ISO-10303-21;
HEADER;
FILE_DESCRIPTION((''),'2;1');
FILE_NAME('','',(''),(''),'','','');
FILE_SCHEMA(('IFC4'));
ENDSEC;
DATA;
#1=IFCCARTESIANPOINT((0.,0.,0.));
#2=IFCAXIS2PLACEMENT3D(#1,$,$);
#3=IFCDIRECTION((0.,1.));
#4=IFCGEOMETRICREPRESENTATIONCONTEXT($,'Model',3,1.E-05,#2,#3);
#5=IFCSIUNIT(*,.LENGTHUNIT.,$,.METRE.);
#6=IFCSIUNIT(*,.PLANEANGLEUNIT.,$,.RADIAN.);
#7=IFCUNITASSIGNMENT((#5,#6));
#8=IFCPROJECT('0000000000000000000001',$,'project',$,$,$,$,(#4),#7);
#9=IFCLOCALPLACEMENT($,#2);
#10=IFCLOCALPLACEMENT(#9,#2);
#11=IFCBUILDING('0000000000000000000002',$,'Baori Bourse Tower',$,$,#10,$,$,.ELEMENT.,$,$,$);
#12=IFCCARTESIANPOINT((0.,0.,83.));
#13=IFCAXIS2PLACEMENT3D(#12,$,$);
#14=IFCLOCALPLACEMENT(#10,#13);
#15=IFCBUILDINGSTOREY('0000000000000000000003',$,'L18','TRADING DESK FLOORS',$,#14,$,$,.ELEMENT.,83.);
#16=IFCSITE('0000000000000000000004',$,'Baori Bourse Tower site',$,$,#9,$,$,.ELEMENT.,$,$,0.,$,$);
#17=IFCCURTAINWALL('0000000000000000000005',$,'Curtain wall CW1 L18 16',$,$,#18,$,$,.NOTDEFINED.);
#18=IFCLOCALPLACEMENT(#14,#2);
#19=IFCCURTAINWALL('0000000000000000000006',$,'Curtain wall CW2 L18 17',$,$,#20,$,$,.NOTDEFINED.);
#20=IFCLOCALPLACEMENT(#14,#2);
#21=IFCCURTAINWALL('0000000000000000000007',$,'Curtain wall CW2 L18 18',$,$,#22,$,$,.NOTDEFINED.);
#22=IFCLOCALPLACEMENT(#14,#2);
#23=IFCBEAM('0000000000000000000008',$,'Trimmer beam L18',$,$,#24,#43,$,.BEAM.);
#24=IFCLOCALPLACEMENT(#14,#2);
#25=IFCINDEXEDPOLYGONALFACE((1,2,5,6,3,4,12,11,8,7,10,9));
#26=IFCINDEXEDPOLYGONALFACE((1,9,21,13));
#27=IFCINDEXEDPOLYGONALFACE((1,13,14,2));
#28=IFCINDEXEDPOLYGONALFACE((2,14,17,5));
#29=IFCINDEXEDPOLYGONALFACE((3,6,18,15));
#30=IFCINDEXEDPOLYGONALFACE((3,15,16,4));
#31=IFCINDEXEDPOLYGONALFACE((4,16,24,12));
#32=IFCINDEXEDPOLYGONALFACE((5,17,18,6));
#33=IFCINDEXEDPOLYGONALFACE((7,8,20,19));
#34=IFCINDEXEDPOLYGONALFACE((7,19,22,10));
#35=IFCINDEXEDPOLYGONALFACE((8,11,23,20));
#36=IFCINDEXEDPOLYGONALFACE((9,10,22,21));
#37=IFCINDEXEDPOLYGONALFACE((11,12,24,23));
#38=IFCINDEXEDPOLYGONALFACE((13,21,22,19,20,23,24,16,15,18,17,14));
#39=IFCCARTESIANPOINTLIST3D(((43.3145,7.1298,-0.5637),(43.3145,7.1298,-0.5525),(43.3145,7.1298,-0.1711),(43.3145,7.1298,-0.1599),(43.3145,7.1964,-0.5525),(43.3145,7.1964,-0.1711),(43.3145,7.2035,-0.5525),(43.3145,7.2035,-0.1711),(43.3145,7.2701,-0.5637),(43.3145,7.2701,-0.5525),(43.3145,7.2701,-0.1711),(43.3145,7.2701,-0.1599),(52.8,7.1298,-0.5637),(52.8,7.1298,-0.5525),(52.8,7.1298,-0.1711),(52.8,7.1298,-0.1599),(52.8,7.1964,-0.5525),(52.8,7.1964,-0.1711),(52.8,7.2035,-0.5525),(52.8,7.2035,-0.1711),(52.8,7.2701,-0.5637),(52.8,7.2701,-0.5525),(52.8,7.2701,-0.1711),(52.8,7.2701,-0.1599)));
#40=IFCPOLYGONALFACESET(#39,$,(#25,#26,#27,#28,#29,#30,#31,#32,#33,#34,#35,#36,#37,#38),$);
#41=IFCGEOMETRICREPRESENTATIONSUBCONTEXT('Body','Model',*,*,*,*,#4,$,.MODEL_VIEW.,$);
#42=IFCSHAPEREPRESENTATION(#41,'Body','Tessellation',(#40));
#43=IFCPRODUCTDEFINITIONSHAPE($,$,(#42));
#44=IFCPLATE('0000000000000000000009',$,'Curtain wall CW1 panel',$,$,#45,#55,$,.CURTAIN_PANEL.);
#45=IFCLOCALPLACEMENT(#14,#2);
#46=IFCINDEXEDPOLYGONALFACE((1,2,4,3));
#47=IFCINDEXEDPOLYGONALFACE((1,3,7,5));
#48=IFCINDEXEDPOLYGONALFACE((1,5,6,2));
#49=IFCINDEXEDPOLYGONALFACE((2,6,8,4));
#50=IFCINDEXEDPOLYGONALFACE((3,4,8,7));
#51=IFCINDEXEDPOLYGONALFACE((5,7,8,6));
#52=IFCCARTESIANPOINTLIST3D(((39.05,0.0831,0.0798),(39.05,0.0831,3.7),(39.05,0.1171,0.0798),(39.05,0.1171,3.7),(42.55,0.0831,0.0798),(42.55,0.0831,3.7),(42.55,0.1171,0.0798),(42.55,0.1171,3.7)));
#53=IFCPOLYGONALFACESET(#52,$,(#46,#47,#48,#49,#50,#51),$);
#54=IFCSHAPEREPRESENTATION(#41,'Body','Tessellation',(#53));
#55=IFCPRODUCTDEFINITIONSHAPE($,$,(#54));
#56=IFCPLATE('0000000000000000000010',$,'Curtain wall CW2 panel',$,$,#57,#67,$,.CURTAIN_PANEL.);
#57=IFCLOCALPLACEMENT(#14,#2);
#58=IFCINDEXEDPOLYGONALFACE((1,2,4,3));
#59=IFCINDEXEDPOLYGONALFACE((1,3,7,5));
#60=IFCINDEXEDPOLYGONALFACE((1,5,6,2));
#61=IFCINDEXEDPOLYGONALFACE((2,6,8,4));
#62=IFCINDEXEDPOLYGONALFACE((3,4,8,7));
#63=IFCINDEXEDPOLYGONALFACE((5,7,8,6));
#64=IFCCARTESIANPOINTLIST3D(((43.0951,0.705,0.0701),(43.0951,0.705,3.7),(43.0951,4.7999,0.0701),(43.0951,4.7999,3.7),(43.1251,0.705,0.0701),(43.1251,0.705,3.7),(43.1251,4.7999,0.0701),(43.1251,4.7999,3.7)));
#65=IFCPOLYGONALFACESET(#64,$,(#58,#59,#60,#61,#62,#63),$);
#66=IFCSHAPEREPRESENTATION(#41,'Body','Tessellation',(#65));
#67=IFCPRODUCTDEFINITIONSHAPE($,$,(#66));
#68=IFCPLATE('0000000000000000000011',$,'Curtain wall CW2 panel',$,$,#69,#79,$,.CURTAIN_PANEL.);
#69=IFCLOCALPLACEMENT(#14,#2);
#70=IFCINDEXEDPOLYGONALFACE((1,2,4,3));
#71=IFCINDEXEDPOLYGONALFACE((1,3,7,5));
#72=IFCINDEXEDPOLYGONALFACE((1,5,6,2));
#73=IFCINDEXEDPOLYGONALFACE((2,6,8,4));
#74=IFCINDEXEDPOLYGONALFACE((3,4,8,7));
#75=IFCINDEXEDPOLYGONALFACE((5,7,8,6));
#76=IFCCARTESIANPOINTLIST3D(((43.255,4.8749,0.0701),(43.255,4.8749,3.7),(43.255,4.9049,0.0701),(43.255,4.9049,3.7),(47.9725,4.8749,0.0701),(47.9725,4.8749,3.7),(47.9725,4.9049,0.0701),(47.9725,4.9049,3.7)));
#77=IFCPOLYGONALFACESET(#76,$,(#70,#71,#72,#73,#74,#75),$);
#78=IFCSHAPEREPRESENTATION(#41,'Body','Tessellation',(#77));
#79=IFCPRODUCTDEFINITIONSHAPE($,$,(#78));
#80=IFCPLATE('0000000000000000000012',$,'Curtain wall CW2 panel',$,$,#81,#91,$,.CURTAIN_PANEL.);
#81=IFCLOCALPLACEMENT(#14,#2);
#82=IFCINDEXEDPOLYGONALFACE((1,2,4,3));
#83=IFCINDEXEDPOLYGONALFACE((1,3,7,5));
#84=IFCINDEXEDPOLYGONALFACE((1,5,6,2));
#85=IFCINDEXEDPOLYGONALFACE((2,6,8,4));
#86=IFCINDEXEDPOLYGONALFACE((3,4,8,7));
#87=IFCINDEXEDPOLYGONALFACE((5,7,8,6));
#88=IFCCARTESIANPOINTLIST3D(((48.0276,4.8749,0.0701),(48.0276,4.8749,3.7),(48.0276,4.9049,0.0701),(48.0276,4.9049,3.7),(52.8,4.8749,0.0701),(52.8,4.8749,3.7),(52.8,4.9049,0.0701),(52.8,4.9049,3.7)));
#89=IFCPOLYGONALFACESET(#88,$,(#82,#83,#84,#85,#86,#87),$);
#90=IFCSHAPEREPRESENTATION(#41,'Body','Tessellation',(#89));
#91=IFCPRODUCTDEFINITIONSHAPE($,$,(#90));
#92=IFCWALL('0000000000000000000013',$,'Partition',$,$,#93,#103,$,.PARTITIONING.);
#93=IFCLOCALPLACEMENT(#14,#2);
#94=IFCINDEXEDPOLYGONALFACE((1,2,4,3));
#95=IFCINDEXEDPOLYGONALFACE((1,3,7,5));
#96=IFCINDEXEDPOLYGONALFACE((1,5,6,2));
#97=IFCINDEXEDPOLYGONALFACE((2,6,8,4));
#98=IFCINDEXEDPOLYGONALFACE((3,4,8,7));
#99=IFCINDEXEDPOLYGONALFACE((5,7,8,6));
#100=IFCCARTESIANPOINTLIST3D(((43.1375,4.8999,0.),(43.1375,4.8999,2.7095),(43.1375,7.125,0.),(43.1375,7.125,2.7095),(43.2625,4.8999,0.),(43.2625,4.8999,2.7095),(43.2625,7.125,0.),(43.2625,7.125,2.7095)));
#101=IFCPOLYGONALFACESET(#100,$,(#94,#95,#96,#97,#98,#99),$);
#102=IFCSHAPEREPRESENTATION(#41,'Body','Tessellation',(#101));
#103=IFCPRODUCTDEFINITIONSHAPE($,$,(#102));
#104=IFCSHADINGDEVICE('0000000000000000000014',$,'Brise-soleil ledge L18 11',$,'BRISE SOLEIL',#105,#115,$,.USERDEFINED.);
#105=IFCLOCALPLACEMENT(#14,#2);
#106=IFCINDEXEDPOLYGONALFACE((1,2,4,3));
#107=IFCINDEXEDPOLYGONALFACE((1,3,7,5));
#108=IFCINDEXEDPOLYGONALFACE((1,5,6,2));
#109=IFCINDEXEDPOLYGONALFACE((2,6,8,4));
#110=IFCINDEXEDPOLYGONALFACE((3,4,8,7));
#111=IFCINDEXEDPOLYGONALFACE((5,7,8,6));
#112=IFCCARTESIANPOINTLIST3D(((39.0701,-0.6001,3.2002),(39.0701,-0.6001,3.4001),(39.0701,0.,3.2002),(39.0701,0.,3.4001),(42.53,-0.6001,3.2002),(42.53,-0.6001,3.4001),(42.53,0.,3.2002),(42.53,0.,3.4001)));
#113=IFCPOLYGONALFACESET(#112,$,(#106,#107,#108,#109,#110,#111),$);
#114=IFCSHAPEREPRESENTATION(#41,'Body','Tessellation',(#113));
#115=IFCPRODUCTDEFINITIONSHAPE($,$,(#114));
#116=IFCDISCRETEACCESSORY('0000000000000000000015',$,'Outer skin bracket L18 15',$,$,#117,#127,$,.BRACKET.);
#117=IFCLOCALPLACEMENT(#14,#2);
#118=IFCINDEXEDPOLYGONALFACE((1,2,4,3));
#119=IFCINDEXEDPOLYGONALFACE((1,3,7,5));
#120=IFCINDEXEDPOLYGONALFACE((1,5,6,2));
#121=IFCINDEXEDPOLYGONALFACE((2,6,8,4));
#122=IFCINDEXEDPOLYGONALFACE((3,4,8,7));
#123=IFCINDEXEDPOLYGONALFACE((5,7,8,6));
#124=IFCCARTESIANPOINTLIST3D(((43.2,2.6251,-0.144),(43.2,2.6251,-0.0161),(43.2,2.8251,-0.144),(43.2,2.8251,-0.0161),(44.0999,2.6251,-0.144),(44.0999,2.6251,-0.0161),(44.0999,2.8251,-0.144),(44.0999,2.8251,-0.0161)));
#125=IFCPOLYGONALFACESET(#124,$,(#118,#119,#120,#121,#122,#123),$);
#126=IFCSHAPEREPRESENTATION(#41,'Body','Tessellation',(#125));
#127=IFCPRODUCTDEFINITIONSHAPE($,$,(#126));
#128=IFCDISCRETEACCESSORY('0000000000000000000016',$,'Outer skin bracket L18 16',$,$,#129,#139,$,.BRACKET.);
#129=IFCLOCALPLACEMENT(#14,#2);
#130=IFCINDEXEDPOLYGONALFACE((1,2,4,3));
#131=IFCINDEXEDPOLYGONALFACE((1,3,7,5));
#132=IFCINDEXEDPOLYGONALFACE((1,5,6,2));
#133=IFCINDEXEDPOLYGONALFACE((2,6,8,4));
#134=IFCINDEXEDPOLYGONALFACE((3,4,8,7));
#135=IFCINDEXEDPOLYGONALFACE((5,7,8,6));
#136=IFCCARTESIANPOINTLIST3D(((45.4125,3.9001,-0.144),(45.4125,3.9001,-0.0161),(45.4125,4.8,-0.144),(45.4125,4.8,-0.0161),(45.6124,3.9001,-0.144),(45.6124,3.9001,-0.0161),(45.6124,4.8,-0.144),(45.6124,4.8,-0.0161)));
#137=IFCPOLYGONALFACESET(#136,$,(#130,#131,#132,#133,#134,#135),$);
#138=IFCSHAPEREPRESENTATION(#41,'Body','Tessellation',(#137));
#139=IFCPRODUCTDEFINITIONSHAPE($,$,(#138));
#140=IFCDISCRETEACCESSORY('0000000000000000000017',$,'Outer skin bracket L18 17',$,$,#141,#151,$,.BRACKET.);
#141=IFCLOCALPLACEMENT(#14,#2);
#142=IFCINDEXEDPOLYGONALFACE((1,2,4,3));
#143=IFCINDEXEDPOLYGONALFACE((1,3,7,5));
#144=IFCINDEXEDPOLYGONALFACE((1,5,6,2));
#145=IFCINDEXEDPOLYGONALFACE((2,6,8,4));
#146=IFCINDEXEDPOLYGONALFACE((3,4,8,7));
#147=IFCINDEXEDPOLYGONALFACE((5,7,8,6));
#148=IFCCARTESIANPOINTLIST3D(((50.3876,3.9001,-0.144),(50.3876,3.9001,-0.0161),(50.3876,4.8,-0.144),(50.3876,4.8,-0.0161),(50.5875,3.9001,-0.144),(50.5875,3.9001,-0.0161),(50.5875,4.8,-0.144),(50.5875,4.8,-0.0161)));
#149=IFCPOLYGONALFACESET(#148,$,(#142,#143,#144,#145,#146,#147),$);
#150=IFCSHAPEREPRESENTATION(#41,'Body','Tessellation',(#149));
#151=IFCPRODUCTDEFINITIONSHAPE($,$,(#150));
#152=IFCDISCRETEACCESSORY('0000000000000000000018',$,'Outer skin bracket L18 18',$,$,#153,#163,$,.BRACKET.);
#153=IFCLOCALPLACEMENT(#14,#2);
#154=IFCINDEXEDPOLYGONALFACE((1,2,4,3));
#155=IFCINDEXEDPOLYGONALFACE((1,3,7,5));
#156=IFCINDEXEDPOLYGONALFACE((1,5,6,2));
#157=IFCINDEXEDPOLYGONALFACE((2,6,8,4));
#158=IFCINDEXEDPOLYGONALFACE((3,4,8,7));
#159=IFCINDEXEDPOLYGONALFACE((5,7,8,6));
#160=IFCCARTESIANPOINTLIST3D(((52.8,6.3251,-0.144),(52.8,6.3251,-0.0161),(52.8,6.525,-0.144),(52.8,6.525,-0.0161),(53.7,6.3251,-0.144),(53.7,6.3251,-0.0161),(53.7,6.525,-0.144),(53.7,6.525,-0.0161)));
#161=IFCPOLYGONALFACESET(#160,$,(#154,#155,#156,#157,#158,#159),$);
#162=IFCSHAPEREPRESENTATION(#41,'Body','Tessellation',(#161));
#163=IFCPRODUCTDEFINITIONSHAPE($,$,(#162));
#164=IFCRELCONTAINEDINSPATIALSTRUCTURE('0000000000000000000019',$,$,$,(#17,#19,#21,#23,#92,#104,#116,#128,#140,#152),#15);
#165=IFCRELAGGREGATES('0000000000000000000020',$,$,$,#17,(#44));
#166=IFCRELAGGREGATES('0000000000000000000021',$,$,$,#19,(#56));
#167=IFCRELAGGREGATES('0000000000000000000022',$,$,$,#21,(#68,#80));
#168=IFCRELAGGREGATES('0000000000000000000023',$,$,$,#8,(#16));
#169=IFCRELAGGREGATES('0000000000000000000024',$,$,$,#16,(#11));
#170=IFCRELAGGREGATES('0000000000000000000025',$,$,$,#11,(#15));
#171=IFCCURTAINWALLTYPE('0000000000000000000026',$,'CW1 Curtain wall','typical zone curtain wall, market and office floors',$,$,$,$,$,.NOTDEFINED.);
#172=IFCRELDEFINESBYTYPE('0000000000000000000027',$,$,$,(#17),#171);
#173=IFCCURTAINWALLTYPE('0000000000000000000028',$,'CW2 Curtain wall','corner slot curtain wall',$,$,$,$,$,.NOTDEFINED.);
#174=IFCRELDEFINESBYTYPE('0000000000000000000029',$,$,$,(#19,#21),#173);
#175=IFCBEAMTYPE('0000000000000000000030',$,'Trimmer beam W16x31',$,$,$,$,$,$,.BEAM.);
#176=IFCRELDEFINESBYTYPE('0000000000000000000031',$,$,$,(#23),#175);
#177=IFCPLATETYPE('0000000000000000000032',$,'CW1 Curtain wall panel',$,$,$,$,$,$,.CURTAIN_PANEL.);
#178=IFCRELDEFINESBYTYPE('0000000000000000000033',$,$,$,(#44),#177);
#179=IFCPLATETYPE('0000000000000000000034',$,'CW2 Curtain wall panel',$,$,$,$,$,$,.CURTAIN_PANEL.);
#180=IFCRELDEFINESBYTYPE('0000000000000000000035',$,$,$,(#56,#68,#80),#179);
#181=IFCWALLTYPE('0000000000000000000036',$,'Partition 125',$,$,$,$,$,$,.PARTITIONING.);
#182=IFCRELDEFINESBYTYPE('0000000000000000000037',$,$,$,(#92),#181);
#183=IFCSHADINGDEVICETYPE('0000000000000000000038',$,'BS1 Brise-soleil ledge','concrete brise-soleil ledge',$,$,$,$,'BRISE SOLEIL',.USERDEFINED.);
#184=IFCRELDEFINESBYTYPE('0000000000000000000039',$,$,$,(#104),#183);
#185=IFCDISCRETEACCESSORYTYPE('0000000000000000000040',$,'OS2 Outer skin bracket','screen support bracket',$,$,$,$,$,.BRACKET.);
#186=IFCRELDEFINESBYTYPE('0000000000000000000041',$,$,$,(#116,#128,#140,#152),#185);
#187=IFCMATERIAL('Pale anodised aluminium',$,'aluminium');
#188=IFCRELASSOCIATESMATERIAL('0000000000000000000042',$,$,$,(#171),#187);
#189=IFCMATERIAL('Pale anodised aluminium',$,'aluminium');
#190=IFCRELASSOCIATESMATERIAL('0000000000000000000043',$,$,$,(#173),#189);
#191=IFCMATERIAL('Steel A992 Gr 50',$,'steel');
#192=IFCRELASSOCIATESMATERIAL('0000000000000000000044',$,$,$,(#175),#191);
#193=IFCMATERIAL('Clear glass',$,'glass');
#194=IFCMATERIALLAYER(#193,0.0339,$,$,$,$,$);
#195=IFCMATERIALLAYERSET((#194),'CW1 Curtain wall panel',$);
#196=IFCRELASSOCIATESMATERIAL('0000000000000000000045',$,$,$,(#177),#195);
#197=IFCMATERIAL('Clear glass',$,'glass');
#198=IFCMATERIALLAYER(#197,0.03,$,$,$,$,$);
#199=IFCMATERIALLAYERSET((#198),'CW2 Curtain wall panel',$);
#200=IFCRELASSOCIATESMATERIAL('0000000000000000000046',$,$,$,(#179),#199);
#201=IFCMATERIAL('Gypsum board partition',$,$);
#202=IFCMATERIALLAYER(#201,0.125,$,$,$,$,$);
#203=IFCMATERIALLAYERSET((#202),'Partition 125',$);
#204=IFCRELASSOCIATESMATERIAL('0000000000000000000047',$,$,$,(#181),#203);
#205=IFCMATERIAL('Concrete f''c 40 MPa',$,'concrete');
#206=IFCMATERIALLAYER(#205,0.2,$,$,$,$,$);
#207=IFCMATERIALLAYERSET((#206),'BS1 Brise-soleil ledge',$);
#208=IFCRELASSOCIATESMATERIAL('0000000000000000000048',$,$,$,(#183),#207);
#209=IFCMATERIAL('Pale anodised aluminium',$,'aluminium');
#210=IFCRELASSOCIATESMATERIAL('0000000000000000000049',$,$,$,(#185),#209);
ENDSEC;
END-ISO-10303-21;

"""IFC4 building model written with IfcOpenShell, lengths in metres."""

from ifc_helpers import new_model, si_unit, direction, frame, frame_2d, origin, origin_2d, place, context, subcontext, project, spatial, rectangle, i_section, extrude, material, layer, layer_set, material_profile, profile_set, type_object, element, aggregate, save


model = new_model("IFC4")

# Units and contexts
model_context = context("Model", 3, precision=1e-05, world=origin(), true_north=direction((0.0, 1.0)))
body_context = subcontext(model_context, "Body", "Model", "MODEL_VIEW")
ifc_project = project(units=[si_unit("LENGTHUNIT", "METRE"), si_unit("PLANEANGLEUNIT", "RADIAN")], contexts=[model_context])

# Site, building, storey
site_placement = place(None, origin())
site = spatial("IfcSite", under=ifc_project, at=site_placement, Name="Baori Bourse Tower site", CompositionType="ELEMENT", RefElevation=0.0)
building_placement = place(site_placement, origin())
building = spatial("IfcBuilding", under=site, at=building_placement, Name="Baori Bourse Tower", CompositionType="ELEMENT")
storey_placement = place(building_placement, frame((0.0, 0.0, 83.0)))
storey = spatial("IfcBuildingStorey", under=building, at=storey_placement, Name="L18", Description="TRADING DESK FLOORS", CompositionType="ELEMENT", Elevation=83.0)

# Curtain walls
ifc_material_1 = material(Name="Pale anodised aluminium", Category="aluminium")
curtain_wall_type_1 = type_object("IfcCurtainWallType", Name="CW1 Curtain wall", Description="typical zone curtain wall, market and office floors", PredefinedType="NOTDEFINED", material=ifc_material_1)
curtain_wall_1_placement = place(storey_placement, origin())
curtain_wall_1 = element("IfcCurtainWall", 1, at=curtain_wall_1_placement, inside=storey, type_object=curtain_wall_type_1, Name="Curtain wall CW1 L18 16", PredefinedType="NOTDEFINED")
ifc_material_2 = material(Name="Pale anodised aluminium", Category="aluminium")
curtain_wall_type_2 = type_object("IfcCurtainWallType", Name="CW2 Curtain wall", Description="corner slot curtain wall", PredefinedType="NOTDEFINED", material=ifc_material_2)
curtain_wall_2_placement = place(storey_placement, origin())
curtain_wall_2 = element("IfcCurtainWall", 2, at=curtain_wall_2_placement, inside=storey, type_object=curtain_wall_type_2, Name="Curtain wall CW2 L18 17", PredefinedType="NOTDEFINED")

# Curtain wall
curtain_wall_3_placement = place(storey_placement, origin())
curtain_wall_3 = element("IfcCurtainWall", 3, at=curtain_wall_3_placement, inside=storey, type_object=curtain_wall_type_2, Name="Curtain wall CW2 L18 18", PredefinedType="NOTDEFINED")

# Beam
ifc_material_3 = material(Name="Steel A992 Gr 50", Category="steel")
ifc_material_profile_1 = material_profile(ifc_material_3, i_section(OverallWidth=0.1404, OverallDepth=0.4038, WebThickness=0.0071, FlangeThickness=0.0112, at=origin_2d()), Name="W16x31")
ifc_profile_set_1 = profile_set([ifc_material_profile_1], Name="Steel A992 Gr 50")
beam_type_1 = type_object("IfcBeamType", Name="Trimmer beam W16x31", PredefinedType="BEAM", material=ifc_profile_set_1)
beam_1_placement = place(storey_placement, frame((43.3145, 7.2, -0.3618), z_axis=(1.0, 0.0, 0.0), x_axis=(0.0, 1.0, 0.0)))
element("IfcBeam", 4, at=beam_1_placement, inside=storey, type_object=beam_type_1, Name="Trimmer beam L18", PredefinedType="BEAM", context=body_context, shape_type="SweptSolid", body=[
    extrude(i_section(OverallWidth=0.1404, OverallDepth=0.4038, WebThickness=0.0071, FlangeThickness=0.0112, at=origin_2d()), origin(), (0.0, 0.0, 1.0), 9.4856),
])

# Plates
ifc_material_4 = material(Name="Clear glass", Category="glass")
ifc_layer_1 = layer(ifc_material_4, 0.0339)
ifc_layer_set_1 = layer_set([ifc_layer_1], Name="CW1 Curtain wall panel")
plate_type_1 = type_object("IfcPlateType", Name="CW1 Curtain wall panel", PredefinedType="CURTAIN_PANEL", material=ifc_layer_set_1)
plate_1_placement = place(storey_placement, frame((40.8, 0.1001, 0.0798), z_axis=(0.0, 0.0, 1.0), x_axis=(1.0, 0.0, 0.0)))
plate_1 = element("IfcPlate", 5, at=plate_1_placement, type_object=plate_type_1, Name="Curtain wall CW1 panel", PredefinedType="CURTAIN_PANEL", context=body_context, shape_type="SweptSolid", body=[
    extrude(rectangle(XDim=3.5, YDim=0.0339, at=origin_2d()), origin(), (0.0, 0.0, 1.0), 3.6201),
])
aggregate(curtain_wall_1, [plate_1])
ifc_material_5 = material(Name="Clear glass", Category="glass")
ifc_layer_2 = layer(ifc_material_5, 0.03)
ifc_layer_set_2 = layer_set([ifc_layer_2], Name="CW2 Curtain wall panel")
plate_type_2 = type_object("IfcPlateType", Name="CW2 Curtain wall panel", PredefinedType="CURTAIN_PANEL", material=ifc_layer_set_2)
plate_2_placement = place(storey_placement, frame((43.1101, 2.7524, 0.0701), z_axis=(0.0, 0.0, 1.0), x_axis=(0.0, 1.0, 0.0)))
plate_2 = element("IfcPlate", 6, at=plate_2_placement, type_object=plate_type_2, Name="Curtain wall CW2 panel", PredefinedType="CURTAIN_PANEL", context=body_context, shape_type="SweptSolid", body=[
    extrude(rectangle(XDim=4.095, YDim=0.03, at=origin_2d()), origin(), (0.0, 0.0, 1.0), 3.6299),
])
aggregate(curtain_wall_2, [plate_2])
plate_3_placement = place(storey_placement, frame((45.6138, 4.8899, 0.0701), z_axis=(0.0, 0.0, 1.0), x_axis=(1.0, 0.0, 0.0)))
plate_3 = element("IfcPlate", 7, at=plate_3_placement, type_object=plate_type_2, Name="Curtain wall CW2 panel", PredefinedType="CURTAIN_PANEL", context=body_context, shape_type="SweptSolid", body=[
    extrude(rectangle(XDim=4.7175, YDim=0.03, at=origin_2d()), origin(), (0.0, 0.0, 1.0), 3.6299),
])
plate_4_placement = place(storey_placement, frame((50.4138, 4.8899, 0.0701), z_axis=(0.0, 0.0, 1.0), x_axis=(1.0, 0.0, 0.0)))
plate_4 = element("IfcPlate", 8, at=plate_4_placement, type_object=plate_type_2, Name="Curtain wall CW2 panel", PredefinedType="CURTAIN_PANEL", context=body_context, shape_type="SweptSolid", body=[
    extrude(rectangle(XDim=4.7725, YDim=0.03, at=origin_2d()), origin(), (0.0, 0.0, 1.0), 3.6299),
])
aggregate(curtain_wall_3, [plate_3, plate_4])

# Wall
ifc_material_6 = material(Name="Gypsum board partition")
ifc_layer_3 = layer(ifc_material_6, 0.125)
ifc_layer_set_3 = layer_set([ifc_layer_3], Name="Partition 125")
wall_type = type_object("IfcWallType", Name="Partition 125", PredefinedType="PARTITIONING", material=ifc_layer_set_3)
wall_placement = place(storey_placement, frame((43.2, 4.8999, 0.0), z_axis=(0.0, 0.0, 1.0), x_axis=(0.0, 1.0, 0.0)))
element("IfcWall", 9, at=wall_placement, inside=storey, type_object=wall_type, Name="Partition", PredefinedType="PARTITIONING", context=body_context, shape_type="SweptSolid", body=[
    extrude(rectangle(XDim=2.2251, YDim=0.125, at=frame_2d((1.1125, 0.0))), origin(), (0.0, 0.0, 1.0), 2.7095),
])

# Shading device
ifc_material_7 = material(Name="Concrete f'c 40 MPa", Category="concrete")
ifc_layer_4 = layer(ifc_material_7, 0.2)
ifc_layer_set_4 = layer_set([ifc_layer_4], Name="BS1 Brise-soleil ledge")
shading_device_type = type_object("IfcShadingDeviceType", Name="BS1 Brise-soleil ledge", Description="concrete brise-soleil ledge", ElementType="BRISE SOLEIL", PredefinedType="USERDEFINED", material=ifc_layer_set_4)
shading_device_placement = place(storey_placement, frame((40.8, -0.3, 3.2002), z_axis=(0.0, 0.0, 1.0), x_axis=(1.0, 0.0, 0.0)))
element("IfcShadingDevice", 10, at=shading_device_placement, inside=storey, type_object=shading_device_type, Name="Brise-soleil ledge L18 11", ObjectType="BRISE SOLEIL", PredefinedType="USERDEFINED", context=body_context, shape_type="SweptSolid", body=[
    extrude(rectangle(XDim=3.46, YDim=0.6001, at=origin_2d()), origin(), (0.0, 0.0, 1.0), 0.2),
])

# Discrete accessories
ifc_material_8 = material(Name="Pale anodised aluminium", Category="aluminium")
discrete_accessory_type = type_object("IfcDiscreteAccessoryType", Name="OS2 Outer skin bracket", Description="screen support bracket", PredefinedType="BRACKET", material=ifc_material_8)
for number, where, z_axis, x_axis, name in (
    (11, (43.6499, 2.7251, -0.144), (0.0, 0.0, 1.0), (0.0, 1.0, 0.0), "Outer skin bracket L18 15"),
    (12, (45.5125, 4.3501, -0.144), (0.0, 0.0, 1.0), (1.0, 0.0, 0.0), "Outer skin bracket L18 16"),
    (13, (50.4875, 4.3501, -0.144), (0.0, 0.0, 1.0), (1.0, 0.0, 0.0), "Outer skin bracket L18 17"),
    (14, (53.25, 6.425, -0.144), (0.0, 0.0, 1.0), (0.0, 1.0, 0.0), "Outer skin bracket L18 18"),
):
    element("IfcDiscreteAccessory", number, at=place(storey_placement, frame(where, z_axis=z_axis, x_axis=x_axis)), inside=storey, type_object=discrete_accessory_type, Name=name, PredefinedType="BRACKET", context=body_context, shape_type="SweptSolid", body=[
        extrude(rectangle(XDim=0.2, YDim=0.8999, at=origin_2d()), origin(), (0.0, 0.0, 1.0), 0.1279),
    ])

save(model, "model.ifc")
